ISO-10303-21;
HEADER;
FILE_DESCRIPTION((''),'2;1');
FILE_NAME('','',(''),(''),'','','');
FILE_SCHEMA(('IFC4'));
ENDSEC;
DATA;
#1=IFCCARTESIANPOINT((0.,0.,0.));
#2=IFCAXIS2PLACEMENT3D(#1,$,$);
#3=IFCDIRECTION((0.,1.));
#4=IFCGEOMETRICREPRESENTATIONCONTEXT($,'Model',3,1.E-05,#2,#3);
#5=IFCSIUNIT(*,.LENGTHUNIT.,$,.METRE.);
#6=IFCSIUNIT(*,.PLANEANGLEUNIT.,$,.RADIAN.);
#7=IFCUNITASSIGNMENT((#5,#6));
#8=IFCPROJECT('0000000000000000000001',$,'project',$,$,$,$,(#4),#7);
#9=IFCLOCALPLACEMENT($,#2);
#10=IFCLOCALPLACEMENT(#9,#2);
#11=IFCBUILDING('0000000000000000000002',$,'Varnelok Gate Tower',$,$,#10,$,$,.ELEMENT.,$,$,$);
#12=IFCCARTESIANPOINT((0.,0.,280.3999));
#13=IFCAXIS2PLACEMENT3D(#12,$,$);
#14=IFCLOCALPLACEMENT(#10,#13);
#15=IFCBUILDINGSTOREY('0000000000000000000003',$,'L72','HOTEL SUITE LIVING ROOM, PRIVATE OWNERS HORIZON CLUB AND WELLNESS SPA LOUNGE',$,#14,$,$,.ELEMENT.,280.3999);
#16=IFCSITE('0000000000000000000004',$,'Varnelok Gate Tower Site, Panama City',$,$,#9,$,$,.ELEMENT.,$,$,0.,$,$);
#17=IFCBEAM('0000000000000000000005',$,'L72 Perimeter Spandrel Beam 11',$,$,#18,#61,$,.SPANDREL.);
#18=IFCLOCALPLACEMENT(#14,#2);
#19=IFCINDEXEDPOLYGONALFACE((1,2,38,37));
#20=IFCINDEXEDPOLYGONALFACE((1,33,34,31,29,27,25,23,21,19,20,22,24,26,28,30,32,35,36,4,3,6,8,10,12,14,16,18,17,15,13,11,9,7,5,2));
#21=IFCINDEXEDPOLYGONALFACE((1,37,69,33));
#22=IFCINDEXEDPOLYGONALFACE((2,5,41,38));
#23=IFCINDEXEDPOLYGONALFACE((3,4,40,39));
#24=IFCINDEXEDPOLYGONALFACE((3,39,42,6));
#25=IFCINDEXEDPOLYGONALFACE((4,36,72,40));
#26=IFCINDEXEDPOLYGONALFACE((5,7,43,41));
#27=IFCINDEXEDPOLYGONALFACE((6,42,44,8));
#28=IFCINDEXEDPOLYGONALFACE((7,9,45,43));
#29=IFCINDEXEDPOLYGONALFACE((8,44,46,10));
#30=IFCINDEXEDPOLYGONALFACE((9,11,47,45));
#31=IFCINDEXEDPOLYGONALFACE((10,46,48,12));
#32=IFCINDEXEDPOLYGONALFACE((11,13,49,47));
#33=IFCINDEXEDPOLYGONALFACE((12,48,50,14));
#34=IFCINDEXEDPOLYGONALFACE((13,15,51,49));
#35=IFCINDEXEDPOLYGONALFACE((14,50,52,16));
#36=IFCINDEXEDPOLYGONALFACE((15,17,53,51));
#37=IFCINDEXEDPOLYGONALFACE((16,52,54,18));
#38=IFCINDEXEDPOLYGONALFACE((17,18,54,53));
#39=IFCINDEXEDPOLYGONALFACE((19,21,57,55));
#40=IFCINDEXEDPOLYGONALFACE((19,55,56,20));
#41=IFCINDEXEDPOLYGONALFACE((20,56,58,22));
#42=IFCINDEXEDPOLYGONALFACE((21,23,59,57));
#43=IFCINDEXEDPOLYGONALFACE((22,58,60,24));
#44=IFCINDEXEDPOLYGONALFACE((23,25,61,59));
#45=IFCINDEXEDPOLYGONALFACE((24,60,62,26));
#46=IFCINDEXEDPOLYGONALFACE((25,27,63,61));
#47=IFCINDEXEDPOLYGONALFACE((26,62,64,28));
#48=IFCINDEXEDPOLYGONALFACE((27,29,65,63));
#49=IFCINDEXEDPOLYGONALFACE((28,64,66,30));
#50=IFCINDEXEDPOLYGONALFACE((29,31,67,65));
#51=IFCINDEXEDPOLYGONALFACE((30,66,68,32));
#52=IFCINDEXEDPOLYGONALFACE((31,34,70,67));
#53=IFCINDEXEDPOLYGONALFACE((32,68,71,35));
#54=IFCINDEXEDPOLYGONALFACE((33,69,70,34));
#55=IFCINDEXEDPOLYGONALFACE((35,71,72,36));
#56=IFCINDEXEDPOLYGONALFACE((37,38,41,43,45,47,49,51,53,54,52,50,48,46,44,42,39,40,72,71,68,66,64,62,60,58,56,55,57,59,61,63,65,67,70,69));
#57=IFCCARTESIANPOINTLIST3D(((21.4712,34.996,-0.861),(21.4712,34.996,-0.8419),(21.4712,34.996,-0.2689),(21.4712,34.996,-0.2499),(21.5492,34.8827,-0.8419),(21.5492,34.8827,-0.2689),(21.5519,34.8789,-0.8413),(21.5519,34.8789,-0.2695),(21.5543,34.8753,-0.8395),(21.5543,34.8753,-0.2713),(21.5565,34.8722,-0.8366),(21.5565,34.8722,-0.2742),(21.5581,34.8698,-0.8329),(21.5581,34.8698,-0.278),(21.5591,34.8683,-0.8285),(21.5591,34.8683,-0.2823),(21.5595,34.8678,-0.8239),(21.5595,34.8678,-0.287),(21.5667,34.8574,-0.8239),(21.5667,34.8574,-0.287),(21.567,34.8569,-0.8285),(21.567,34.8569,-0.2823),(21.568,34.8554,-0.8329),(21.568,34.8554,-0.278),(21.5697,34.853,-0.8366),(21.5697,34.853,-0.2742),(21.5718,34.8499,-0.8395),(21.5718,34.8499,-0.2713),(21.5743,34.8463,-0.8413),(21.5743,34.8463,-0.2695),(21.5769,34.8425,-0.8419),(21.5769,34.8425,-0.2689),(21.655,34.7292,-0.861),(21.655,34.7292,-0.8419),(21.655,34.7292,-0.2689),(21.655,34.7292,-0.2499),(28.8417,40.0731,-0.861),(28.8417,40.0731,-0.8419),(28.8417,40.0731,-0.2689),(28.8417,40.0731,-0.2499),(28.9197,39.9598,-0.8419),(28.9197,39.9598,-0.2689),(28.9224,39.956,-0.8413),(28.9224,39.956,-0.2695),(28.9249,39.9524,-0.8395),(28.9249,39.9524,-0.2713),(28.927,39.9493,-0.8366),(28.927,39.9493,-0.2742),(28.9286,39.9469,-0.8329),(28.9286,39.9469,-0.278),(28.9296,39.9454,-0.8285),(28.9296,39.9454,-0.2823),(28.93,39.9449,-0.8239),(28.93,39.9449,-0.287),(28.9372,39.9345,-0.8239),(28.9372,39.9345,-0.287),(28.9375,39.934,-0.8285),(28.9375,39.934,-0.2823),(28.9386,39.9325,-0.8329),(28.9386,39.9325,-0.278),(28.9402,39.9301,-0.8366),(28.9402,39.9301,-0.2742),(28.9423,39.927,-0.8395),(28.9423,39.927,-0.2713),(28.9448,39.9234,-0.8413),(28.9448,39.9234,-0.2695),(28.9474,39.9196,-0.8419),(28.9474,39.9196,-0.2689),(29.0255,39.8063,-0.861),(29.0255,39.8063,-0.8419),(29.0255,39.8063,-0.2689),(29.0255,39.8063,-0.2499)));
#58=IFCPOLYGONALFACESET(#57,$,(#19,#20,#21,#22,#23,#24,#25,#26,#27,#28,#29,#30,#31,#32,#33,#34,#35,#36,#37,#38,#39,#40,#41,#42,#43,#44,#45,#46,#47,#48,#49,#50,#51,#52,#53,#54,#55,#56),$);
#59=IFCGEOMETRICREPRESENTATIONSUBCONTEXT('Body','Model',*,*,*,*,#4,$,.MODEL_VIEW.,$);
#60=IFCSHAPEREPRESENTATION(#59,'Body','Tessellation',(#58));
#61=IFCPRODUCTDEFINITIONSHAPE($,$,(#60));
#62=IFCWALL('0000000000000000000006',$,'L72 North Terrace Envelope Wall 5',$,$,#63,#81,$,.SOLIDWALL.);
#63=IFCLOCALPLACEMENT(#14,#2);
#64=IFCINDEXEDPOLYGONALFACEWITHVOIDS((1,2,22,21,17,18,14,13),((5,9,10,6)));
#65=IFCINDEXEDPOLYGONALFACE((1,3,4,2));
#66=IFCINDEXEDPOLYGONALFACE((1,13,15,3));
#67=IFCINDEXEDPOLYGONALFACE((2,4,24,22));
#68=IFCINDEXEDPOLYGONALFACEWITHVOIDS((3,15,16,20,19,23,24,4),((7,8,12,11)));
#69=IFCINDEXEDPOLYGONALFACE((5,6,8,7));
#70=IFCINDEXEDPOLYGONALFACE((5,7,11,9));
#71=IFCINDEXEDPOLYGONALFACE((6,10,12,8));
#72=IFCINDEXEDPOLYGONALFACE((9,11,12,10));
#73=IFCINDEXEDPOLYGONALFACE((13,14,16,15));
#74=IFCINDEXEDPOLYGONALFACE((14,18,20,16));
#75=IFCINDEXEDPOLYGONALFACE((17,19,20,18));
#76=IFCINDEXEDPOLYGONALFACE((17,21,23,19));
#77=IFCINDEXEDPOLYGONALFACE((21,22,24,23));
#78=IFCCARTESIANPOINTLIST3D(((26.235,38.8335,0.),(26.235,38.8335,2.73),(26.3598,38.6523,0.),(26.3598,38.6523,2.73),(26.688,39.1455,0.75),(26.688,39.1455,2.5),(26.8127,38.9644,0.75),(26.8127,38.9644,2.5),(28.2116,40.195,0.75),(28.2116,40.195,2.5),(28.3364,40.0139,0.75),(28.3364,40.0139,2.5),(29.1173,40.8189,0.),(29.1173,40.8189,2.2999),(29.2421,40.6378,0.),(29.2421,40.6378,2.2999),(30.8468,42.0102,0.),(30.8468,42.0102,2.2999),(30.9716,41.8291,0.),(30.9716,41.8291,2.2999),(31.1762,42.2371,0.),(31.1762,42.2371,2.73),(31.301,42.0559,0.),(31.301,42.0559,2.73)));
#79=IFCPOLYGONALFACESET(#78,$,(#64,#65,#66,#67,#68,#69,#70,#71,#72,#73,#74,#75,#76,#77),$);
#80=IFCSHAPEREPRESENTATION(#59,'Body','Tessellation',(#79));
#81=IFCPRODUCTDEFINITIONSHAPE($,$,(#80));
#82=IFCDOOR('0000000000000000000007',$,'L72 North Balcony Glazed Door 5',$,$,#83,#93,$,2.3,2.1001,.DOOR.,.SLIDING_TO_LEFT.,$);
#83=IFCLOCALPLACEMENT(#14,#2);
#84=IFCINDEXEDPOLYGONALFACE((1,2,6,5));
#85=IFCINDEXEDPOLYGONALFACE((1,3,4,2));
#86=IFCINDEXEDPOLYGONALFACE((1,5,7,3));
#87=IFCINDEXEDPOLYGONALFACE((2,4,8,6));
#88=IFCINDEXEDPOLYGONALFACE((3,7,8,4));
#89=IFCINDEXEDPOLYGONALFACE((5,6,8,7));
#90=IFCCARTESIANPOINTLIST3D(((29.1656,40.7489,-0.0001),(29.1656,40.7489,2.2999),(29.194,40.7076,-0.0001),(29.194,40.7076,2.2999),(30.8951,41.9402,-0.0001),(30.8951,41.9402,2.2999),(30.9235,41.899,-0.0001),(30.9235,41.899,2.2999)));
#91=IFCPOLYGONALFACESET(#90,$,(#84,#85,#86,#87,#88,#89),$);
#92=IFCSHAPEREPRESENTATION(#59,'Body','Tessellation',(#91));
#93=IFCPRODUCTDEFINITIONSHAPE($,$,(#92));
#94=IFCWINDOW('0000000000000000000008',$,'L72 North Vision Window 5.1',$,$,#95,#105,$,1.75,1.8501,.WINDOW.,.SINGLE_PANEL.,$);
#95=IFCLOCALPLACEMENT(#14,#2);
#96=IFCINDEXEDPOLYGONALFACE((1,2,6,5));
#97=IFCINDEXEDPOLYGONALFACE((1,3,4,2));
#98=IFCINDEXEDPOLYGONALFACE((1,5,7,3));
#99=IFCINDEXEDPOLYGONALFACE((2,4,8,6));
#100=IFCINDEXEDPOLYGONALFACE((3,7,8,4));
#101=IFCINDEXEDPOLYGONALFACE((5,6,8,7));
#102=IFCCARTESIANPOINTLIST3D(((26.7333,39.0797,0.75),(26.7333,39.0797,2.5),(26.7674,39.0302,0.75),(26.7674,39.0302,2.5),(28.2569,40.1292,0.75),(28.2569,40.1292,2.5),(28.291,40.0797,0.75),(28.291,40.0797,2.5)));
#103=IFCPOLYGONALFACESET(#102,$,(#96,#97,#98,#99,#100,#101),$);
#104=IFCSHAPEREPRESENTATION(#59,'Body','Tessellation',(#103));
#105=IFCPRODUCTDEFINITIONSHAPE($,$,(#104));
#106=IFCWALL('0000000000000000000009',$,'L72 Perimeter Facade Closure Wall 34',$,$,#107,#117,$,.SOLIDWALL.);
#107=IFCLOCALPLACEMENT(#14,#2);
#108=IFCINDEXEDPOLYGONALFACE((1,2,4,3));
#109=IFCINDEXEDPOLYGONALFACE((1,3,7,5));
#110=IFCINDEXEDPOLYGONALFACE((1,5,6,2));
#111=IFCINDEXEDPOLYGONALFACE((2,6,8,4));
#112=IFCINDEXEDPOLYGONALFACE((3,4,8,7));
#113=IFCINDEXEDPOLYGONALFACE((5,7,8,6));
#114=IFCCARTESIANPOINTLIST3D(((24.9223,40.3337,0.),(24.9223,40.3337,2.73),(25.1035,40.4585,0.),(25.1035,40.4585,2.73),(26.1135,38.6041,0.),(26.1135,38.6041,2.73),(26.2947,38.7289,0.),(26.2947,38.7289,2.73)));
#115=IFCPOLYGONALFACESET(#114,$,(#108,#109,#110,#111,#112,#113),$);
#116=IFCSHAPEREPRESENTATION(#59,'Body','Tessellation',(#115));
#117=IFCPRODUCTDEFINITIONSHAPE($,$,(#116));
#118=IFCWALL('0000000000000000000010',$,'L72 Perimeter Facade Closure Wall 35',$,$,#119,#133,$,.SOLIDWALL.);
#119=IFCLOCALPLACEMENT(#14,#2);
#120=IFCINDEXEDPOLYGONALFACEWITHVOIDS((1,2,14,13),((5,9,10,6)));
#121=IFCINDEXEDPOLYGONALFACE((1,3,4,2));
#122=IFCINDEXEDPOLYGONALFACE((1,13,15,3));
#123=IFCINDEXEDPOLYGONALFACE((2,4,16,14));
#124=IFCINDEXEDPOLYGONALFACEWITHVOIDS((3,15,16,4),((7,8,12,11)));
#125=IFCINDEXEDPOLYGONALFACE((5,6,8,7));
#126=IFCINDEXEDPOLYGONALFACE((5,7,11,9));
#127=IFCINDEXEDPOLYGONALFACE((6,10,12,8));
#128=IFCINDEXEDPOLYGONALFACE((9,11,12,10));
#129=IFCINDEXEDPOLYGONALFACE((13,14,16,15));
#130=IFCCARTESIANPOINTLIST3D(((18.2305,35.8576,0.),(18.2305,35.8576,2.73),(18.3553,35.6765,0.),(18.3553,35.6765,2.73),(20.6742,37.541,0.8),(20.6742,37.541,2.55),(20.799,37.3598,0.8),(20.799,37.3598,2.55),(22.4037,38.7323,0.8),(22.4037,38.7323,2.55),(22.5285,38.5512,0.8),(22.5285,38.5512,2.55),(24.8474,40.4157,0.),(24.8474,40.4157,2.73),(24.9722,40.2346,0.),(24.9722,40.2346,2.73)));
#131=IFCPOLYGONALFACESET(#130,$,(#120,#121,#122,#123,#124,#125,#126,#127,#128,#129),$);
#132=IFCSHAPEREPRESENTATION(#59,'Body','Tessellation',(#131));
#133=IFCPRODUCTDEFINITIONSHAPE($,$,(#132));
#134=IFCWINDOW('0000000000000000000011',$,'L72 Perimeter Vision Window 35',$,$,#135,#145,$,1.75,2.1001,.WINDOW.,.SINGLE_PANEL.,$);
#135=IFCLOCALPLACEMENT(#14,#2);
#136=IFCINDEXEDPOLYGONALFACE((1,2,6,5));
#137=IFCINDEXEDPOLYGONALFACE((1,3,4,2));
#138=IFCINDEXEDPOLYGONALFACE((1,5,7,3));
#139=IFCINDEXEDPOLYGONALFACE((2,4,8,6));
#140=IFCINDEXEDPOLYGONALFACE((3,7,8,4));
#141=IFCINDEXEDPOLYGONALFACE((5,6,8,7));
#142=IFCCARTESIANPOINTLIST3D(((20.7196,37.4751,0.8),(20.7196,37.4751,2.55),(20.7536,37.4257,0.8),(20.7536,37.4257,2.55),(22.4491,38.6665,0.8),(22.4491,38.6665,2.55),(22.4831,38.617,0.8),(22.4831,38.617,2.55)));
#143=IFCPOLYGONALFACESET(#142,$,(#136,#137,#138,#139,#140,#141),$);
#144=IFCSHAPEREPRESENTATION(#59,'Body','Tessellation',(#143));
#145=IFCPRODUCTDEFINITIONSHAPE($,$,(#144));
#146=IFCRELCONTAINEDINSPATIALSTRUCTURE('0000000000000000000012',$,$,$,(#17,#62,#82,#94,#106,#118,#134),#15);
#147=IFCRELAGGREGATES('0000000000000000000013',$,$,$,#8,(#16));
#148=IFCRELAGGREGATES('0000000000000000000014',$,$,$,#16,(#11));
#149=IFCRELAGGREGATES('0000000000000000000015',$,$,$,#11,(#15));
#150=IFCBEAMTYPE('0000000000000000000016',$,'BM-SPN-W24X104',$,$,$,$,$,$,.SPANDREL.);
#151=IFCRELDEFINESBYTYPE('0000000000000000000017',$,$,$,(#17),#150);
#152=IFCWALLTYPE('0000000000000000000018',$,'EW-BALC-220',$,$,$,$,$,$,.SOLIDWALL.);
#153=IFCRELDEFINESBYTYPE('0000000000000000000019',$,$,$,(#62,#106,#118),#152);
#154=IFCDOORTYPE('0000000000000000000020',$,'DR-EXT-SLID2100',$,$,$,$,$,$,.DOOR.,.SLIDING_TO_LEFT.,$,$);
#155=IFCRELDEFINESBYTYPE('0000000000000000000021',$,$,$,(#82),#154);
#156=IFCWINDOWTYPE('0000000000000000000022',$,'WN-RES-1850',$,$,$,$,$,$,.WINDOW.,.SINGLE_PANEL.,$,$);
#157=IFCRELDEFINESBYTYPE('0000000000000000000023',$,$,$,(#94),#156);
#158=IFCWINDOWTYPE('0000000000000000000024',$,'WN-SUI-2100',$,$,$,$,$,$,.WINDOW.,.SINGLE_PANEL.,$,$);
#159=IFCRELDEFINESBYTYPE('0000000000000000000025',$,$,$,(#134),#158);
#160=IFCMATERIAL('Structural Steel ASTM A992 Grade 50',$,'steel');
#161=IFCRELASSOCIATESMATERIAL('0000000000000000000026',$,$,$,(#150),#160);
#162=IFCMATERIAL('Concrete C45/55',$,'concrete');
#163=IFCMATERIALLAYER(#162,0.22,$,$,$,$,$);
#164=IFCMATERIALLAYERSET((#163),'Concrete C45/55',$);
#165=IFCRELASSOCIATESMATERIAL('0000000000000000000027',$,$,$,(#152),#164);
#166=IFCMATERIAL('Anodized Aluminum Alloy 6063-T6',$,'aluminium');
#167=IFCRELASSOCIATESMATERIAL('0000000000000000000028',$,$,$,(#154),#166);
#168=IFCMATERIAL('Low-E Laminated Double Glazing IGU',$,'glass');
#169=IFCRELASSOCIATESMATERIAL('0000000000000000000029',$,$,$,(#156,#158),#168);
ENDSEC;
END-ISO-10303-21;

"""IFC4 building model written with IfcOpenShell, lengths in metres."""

from ifc_helpers import new_model, si_unit, direction, frame, frame_2d, origin, origin_2d, place, context, subcontext, project, spatial, rectangle, i_section, extrude, material, layer, layer_set, material_profile, profile_set, type_object, element, fill, save


model = new_model("IFC4")

# Units and contexts
model_context = context("Model", 3, precision=1e-05, world=origin(), true_north=direction((0.0, 1.0)))
body_context = subcontext(model_context, "Body", "Model", "MODEL_VIEW")
ifc_project = project(units=[si_unit("LENGTHUNIT", "METRE"), si_unit("PLANEANGLEUNIT", "RADIAN")], contexts=[model_context])

# Site, building, storey
site_placement = place(None, origin())
site = spatial("IfcSite", under=ifc_project, at=site_placement, Name="Varnelok Gate Tower Site, Panama City", CompositionType="ELEMENT", RefElevation=0.0)
building_placement = place(site_placement, origin())
building = spatial("IfcBuilding", under=site, at=building_placement, Name="Varnelok Gate Tower", CompositionType="ELEMENT")
storey_placement = place(building_placement, frame((0.0, 0.0, 280.3999)))
storey = spatial("IfcBuildingStorey", under=building, at=storey_placement, Name="L72", Description="HOTEL SUITE LIVING ROOM, PRIVATE OWNERS HORIZON CLUB AND WELLNESS SPA LOUNGE", CompositionType="ELEMENT", Elevation=280.3999)

# Shared definitions
ifc_material_1 = material(Name="Structural Steel ASTM A992 Grade 50", Category="steel")

# Beam
ifc_material_profile_1 = material_profile(ifc_material_1, i_section(OverallWidth=0.324, OverallDepth=0.6111, WebThickness=0.0127, FlangeThickness=0.019, FilletRadius=0.0181, at=origin_2d()), Name="W24X104")
ifc_profile_set_1 = profile_set([ifc_material_profile_1], Name="Structural Steel ASTM A992 Grade 50")
beam_type_1 = type_object("IfcBeamType", Name="BM-SPN-W24X104", PredefinedType="SPANDREL", material=ifc_profile_set_1)
beam_1_placement = place(storey_placement, frame((28.9336, 39.9397, -0.5554), z_axis=(-0.823527, -0.567276, 0.0), x_axis=(0.567276, -0.823527, 0.0)))
element("IfcBeam", 1, at=beam_1_placement, inside=storey, type_object=beam_type_1, Name="L72 Perimeter Spandrel Beam 11", PredefinedType="SPANDREL", context=body_context, shape_type="SweptSolid", body=[
    extrude(i_section(OverallWidth=0.324, OverallDepth=0.6111, WebThickness=0.0127, FlangeThickness=0.019, FilletRadius=0.0181, at=origin_2d()), origin(), (0.0, 0.0, 1.0), 8.95),
])

# Wall, openings, door, window
ifc_material_2 = material(Name="Concrete C45/55", Category="concrete")
ifc_layer_1 = layer(ifc_material_2, 0.22)
ifc_layer_set_1 = layer_set([ifc_layer_1], Name="Concrete C45/55")
wall_type_1 = type_object("IfcWallType", Name="EW-BALC-220", PredefinedType="SOLIDWALL", material=ifc_layer_set_1)
wall_1_placement = place(storey_placement, frame((26.2974, 38.7429, 0.0), z_axis=(0.0, 0.0, 1.0), x_axis=(0.823535, 0.567266, 0.0)))
wall_1 = element("IfcWall", 2, at=wall_1_placement, inside=storey, type_object=wall_type_1, Name="L72 North Terrace Envelope Wall 5", PredefinedType="SOLIDWALL", context=body_context, shape_type="SweptSolid", body=[
    extrude(rectangle(XDim=6.0, YDim=0.22, at=frame_2d((3.0, 0.0))), origin(), (0.0, 0.0, 1.0), 2.73),
])
opening_1_placement = place(wall_1_placement, frame((3.5, 0.0, 0.0)))
opening_1 = element("IfcOpeningElement", 3, at=opening_1_placement, cuts=wall_1, PredefinedType="OPENING", context=body_context, shape_type="SweptSolid", body=[
    extrude(rectangle(XDim=2.1001, YDim=2.3, at=frame_2d((1.05, 1.1499))), frame((0.0, 0.1199, 0.0), z_axis=(0.0, -1.0, 0.0), x_axis=(1.0, 0.0, 0.0)), (0.0, 0.0, 1.0), 0.24),
])
opening_2_placement = place(wall_1_placement, frame((0.55, 0.0, 0.75)))
opening_2 = element("IfcOpeningElement", 4, at=opening_2_placement, cuts=wall_1, PredefinedType="OPENING", context=body_context, shape_type="SweptSolid", body=[
    extrude(rectangle(XDim=1.8501, YDim=1.75, at=frame_2d((0.925, 0.875))), frame((0.0, 0.1199, 0.0), z_axis=(0.0, -1.0, 0.0), x_axis=(1.0, 0.0, 0.0)), (0.0, 0.0, 1.0), 0.24),
])
ifc_material_3 = material(Name="Anodized Aluminum Alloy 6063-T6", Category="aluminium")
door_type_1 = type_object("IfcDoorType", Name="DR-EXT-SLID2100", OperationType="SLIDING_TO_LEFT", PredefinedType="DOOR", material=ifc_material_3)
door_1_placement = place(opening_1_placement, origin())
door_1 = element("IfcDoor", 5, at=door_1_placement, inside=storey, type_object=door_type_1, Name="L72 North Balcony Glazed Door 5", OperationType="SLIDING_TO_LEFT", OverallHeight=2.3, OverallWidth=2.1001, PredefinedType="DOOR", context=body_context, shape_type="SweptSolid", body=[
    extrude(rectangle(XDim=2.1001, YDim=2.3, at=frame_2d((1.05, 1.1499))), frame((0.0, 0.0249, 0.0), z_axis=(0.0, -1.0, 0.0), x_axis=(1.0, 0.0, 0.0)), (0.0, 0.0, 1.0), 0.05),
])
fill(opening_1, door_1)
ifc_material_4 = material(Name="Low-E Laminated Double Glazing IGU", Category="glass")
window_type_1 = type_object("IfcWindowType", Name="WN-RES-1850", PartitioningType="SINGLE_PANEL", PredefinedType="WINDOW", material=ifc_material_4)
window_1_placement = place(opening_2_placement, origin())
window_1 = element("IfcWindow", 6, at=window_1_placement, inside=storey, type_object=window_type_1, Name="L72 North Vision Window 5.1", OverallHeight=1.75, OverallWidth=1.8501, PartitioningType="SINGLE_PANEL", PredefinedType="WINDOW", context=body_context, shape_type="SweptSolid", body=[
    extrude(rectangle(XDim=1.8501, YDim=1.75, at=frame_2d((0.925, 0.875))), frame((0.0, 0.03, 0.0), z_axis=(0.0, -1.0, 0.0), x_axis=(1.0, 0.0, 0.0)), (0.0, 0.0, 1.0), 0.0601),
])
fill(opening_2, window_1)

# Wall
wall_2_placement = place(storey_placement, frame((26.2041, 38.6665, 0.0), z_axis=(0.0, 0.0, 1.0), x_axis=(-0.567219, 0.823567, 0.0)))
element("IfcWall", 7, at=wall_2_placement, inside=storey, type_object=wall_type_1, Name="L72 Perimeter Facade Closure Wall 34", PredefinedType="SOLIDWALL", context=body_context, shape_type="SweptSolid", body=[
    extrude(rectangle(XDim=2.1001, YDim=0.22, at=frame_2d((1.05, 0.0))), origin(), (0.0, 0.0, 1.0), 2.73),
])

# Wall, opening, window
wall_3_placement = place(storey_placement, frame((24.9099, 40.3252, 0.0), z_axis=(0.0, 0.0, 1.0), x_axis=(-0.823521, -0.567286, 0.0)))
wall_3 = element("IfcWall", 8, at=wall_3_placement, inside=storey, type_object=wall_type_1, Name="L72 Perimeter Facade Closure Wall 35", PredefinedType="SOLIDWALL", context=body_context, shape_type="SweptSolid", body=[
    extrude(rectangle(XDim=8.0349, YDim=0.22, at=frame_2d((4.0176, 0.0))), origin(), (0.0, 0.0, 1.0), 2.73),
])
opening_3_placement = place(wall_3_placement, frame((2.9675, 0.0, 0.8)))
opening_3 = element("IfcOpeningElement", 9, at=opening_3_placement, cuts=wall_3, PredefinedType="OPENING", context=body_context, shape_type="SweptSolid", body=[
    extrude(rectangle(XDim=2.1001, YDim=1.75, at=frame_2d((1.05, 0.875))), frame((0.0, 0.1199, 0.0), z_axis=(0.0, -1.0, 0.0), x_axis=(1.0, 0.0, 0.0)), (0.0, 0.0, 1.0), 0.24),
])
window_type_2 = type_object("IfcWindowType", Name="WN-SUI-2100", PartitioningType="SINGLE_PANEL", PredefinedType="WINDOW", material=ifc_material_4)
window_2_placement = place(opening_3_placement, origin())
window_2 = element("IfcWindow", 10, at=window_2_placement, inside=storey, type_object=window_type_2, Name="L72 Perimeter Vision Window 35", OverallHeight=1.75, OverallWidth=2.1001, PartitioningType="SINGLE_PANEL", PredefinedType="WINDOW", context=body_context, shape_type="SweptSolid", body=[
    extrude(rectangle(XDim=2.1001, YDim=1.75, at=frame_2d((1.05, 0.875))), frame((0.0, 0.03, 0.0), z_axis=(0.0, -1.0, 0.0), x_axis=(1.0, 0.0, 0.0)), (0.0, 0.0, 1.0), 0.0601),
])
fill(opening_3, window_2)

save(model, "model.ifc")
